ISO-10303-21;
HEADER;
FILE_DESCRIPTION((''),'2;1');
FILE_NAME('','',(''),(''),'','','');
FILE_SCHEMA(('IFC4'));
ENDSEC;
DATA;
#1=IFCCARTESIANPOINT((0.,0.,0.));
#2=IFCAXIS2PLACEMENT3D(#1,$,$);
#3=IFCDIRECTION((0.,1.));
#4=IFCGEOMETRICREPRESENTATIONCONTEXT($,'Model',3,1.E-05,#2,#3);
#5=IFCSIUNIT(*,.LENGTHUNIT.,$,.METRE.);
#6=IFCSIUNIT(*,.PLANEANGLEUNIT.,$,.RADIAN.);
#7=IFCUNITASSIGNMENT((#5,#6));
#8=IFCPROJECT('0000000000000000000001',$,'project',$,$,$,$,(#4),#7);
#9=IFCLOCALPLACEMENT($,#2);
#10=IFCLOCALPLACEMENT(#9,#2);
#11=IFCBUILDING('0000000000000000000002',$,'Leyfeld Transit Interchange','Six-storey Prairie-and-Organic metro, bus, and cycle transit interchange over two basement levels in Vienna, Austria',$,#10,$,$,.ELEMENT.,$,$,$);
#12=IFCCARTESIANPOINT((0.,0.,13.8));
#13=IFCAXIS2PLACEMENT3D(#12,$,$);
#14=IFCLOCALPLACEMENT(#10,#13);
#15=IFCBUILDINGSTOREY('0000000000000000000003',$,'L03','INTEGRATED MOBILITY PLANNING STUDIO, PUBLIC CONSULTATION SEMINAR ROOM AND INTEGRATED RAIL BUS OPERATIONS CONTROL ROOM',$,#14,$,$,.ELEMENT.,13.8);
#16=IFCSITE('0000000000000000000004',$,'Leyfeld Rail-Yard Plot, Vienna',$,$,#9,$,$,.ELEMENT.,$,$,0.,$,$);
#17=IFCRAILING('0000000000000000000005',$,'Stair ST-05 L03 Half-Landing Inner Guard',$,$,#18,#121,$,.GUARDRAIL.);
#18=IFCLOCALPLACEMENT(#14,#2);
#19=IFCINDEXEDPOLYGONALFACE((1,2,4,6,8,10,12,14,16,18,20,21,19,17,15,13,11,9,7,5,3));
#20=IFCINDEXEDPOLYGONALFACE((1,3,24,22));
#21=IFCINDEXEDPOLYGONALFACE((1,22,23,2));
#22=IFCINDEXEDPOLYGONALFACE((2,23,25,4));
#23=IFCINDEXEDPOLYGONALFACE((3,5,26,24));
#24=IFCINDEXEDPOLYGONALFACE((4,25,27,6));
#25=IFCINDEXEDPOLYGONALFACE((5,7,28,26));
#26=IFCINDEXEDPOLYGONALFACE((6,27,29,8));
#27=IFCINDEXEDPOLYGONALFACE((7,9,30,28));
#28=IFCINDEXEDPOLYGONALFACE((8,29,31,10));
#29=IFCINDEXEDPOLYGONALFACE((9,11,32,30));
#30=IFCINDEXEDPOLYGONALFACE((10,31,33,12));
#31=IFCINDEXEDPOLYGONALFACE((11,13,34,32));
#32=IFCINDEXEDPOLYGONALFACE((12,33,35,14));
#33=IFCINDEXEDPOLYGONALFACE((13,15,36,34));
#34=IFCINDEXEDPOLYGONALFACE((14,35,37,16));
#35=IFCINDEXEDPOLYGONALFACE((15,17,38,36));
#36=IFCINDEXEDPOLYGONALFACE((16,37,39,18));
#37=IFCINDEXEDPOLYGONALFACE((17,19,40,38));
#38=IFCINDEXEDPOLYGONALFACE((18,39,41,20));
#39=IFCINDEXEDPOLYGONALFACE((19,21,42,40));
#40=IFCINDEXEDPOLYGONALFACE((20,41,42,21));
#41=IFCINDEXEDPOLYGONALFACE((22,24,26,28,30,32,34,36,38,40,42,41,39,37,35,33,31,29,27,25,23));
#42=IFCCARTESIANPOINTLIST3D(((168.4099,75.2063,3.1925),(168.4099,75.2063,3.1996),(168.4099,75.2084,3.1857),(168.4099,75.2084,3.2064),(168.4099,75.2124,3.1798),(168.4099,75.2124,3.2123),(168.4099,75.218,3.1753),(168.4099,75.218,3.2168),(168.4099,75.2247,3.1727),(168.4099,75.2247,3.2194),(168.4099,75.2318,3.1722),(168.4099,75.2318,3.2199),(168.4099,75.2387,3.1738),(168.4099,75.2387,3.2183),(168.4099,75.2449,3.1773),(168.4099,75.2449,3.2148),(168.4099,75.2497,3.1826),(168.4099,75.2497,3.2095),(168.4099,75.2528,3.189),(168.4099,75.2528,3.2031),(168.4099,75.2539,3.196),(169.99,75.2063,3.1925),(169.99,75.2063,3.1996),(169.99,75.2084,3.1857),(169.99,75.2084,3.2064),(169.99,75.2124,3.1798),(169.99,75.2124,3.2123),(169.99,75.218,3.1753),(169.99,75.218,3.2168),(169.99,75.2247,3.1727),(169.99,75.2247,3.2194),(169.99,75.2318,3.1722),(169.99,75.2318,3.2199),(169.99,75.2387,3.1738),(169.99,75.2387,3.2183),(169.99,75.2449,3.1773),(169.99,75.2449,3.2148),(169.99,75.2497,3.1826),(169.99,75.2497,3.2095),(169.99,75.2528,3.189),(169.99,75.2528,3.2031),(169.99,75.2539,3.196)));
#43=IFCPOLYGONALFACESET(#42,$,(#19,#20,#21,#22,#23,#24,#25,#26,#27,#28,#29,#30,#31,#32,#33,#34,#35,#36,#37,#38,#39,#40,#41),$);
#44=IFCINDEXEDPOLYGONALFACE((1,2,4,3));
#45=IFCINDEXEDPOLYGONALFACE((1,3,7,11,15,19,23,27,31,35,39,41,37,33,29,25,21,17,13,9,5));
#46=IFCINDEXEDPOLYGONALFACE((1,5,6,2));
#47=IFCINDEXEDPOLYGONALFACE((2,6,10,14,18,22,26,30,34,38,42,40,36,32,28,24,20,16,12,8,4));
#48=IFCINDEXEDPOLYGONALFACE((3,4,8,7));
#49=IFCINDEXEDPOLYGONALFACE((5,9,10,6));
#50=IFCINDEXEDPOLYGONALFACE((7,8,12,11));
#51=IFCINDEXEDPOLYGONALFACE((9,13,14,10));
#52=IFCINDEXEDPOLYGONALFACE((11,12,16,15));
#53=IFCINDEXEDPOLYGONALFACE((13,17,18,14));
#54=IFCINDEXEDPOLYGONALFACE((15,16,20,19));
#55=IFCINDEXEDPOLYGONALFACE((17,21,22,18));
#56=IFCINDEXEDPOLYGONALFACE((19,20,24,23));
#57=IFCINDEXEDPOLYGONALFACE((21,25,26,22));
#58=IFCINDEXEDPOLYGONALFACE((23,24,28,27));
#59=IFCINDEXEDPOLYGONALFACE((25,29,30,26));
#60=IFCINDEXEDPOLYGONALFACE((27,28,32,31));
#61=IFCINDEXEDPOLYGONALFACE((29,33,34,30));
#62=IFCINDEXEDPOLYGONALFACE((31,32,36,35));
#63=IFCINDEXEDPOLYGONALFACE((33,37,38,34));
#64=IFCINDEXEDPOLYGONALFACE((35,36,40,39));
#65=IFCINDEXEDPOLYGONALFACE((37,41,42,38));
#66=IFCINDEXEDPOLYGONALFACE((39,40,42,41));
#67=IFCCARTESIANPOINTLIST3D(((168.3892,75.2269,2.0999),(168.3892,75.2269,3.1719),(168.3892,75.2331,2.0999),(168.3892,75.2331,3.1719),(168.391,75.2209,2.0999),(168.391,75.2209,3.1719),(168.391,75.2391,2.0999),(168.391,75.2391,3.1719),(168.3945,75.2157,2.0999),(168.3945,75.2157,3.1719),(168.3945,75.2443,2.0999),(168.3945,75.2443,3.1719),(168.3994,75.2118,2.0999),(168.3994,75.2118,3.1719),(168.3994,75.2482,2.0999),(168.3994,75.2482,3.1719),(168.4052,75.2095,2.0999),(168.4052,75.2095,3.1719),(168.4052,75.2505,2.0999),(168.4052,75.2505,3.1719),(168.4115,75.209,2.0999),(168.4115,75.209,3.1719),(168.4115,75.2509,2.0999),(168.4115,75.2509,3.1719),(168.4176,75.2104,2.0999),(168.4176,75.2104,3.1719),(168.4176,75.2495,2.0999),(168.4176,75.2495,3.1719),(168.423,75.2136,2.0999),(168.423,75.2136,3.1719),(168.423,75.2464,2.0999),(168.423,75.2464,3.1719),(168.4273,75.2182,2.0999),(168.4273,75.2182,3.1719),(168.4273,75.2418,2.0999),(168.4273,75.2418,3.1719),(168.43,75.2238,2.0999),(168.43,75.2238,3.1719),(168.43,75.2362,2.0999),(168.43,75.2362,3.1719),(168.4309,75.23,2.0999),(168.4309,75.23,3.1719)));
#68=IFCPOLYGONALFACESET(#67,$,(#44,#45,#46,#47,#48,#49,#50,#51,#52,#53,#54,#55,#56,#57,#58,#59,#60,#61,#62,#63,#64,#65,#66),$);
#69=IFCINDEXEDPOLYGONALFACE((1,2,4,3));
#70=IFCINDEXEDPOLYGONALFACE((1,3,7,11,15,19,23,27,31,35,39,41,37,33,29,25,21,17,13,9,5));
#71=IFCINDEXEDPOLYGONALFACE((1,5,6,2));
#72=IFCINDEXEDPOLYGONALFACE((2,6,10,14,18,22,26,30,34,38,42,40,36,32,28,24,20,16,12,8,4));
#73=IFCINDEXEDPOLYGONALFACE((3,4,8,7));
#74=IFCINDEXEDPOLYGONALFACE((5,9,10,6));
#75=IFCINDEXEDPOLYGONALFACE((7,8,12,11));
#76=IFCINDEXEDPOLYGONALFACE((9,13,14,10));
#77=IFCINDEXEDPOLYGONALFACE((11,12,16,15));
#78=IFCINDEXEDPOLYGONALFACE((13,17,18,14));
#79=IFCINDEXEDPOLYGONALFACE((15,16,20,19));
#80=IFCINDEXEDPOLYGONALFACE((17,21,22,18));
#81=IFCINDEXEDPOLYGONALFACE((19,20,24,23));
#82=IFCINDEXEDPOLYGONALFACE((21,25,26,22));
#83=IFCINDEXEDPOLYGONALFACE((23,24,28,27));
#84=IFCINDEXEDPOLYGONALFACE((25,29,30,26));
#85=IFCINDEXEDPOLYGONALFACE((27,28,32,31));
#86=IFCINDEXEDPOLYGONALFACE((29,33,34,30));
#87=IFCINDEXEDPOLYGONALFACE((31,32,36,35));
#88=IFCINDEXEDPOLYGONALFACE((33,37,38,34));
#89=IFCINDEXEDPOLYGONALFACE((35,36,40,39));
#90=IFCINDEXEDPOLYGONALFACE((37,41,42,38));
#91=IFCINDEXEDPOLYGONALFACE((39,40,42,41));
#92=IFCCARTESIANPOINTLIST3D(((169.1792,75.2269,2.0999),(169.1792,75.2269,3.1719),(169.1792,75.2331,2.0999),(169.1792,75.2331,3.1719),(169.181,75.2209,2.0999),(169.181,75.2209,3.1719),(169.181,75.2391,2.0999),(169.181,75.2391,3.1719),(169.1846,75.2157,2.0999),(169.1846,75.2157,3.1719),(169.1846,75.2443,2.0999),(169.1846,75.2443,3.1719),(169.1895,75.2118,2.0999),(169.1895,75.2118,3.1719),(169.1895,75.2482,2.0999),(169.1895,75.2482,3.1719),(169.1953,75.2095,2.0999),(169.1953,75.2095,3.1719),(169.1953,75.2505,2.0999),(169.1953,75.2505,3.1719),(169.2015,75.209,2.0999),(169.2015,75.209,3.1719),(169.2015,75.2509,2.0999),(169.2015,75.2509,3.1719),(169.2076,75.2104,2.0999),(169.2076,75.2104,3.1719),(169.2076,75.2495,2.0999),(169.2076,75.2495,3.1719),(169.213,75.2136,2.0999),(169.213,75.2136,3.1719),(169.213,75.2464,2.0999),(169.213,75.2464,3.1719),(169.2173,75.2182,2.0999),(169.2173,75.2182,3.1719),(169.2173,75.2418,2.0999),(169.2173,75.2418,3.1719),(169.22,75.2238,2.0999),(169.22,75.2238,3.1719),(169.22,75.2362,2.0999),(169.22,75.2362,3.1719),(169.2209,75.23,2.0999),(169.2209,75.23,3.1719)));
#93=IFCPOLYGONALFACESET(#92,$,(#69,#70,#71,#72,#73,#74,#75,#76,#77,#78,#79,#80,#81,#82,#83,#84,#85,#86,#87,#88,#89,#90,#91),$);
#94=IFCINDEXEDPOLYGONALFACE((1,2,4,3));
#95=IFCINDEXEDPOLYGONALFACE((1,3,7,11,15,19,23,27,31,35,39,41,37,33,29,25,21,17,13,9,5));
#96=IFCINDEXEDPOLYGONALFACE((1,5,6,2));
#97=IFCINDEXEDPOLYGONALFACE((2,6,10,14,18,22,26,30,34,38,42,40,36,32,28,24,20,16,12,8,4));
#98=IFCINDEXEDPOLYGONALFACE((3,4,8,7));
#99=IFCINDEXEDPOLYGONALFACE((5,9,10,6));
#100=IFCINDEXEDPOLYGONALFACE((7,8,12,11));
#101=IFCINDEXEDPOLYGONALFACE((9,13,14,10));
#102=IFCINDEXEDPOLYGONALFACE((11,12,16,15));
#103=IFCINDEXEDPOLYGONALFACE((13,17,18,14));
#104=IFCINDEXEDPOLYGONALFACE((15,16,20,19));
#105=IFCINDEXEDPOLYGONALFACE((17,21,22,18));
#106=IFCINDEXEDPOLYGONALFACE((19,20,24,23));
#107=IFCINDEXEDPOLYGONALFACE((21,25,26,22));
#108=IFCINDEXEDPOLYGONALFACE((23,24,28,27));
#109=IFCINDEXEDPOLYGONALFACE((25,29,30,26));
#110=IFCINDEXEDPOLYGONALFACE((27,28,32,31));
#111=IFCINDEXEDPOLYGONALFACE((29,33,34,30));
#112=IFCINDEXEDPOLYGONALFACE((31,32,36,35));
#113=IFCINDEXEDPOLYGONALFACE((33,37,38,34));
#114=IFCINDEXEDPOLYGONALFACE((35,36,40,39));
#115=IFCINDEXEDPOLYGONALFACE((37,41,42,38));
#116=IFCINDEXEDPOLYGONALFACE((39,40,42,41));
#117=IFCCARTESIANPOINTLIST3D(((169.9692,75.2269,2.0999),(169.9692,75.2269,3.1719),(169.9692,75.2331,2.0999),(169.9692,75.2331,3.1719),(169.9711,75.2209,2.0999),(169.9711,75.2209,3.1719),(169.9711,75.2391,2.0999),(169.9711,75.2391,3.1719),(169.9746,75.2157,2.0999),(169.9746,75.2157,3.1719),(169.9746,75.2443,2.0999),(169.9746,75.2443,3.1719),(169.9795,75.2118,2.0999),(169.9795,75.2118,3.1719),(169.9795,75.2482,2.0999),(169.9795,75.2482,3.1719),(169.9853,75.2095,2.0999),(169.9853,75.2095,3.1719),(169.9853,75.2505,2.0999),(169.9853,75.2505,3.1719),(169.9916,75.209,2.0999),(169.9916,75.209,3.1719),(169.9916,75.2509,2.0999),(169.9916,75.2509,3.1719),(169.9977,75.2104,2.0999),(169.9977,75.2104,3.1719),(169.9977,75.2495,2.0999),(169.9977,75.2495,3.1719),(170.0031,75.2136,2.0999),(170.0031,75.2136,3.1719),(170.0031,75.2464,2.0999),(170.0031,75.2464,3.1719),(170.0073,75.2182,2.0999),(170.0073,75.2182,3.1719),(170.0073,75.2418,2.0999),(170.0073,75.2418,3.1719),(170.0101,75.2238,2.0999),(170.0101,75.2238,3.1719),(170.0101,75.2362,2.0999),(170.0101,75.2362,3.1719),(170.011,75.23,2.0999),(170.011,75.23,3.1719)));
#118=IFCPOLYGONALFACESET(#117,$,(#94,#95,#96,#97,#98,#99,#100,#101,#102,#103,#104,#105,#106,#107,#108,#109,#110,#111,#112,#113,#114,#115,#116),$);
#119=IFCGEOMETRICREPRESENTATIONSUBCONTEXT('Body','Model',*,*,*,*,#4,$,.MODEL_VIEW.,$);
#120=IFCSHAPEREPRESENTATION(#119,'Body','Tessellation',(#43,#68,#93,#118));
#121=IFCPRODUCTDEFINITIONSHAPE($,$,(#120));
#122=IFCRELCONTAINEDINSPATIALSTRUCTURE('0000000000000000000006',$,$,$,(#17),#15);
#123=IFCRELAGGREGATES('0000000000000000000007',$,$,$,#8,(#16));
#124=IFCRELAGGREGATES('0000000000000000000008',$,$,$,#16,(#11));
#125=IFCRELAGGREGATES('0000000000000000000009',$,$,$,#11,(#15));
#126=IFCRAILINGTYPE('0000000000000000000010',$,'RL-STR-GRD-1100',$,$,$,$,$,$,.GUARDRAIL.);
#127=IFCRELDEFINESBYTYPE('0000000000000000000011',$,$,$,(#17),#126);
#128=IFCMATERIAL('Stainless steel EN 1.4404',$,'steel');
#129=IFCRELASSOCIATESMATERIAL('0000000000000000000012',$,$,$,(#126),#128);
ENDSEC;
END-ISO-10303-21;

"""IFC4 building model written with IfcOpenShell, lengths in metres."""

from ifc_helpers import new_model, si_unit, direction, frame, origin, origin_2d, place, context, subcontext, project, spatial, circle, extrude, material, type_object, element, save


model = new_model("IFC4")

# Units and contexts
model_context = context("Model", 3, precision=1e-05, world=origin(), true_north=direction((0.0, 1.0)))
body_context = subcontext(model_context, "Body", "Model", "MODEL_VIEW")
ifc_project = project(units=[si_unit("LENGTHUNIT", "METRE"), si_unit("PLANEANGLEUNIT", "RADIAN")], contexts=[model_context])

# Site, building, storey
site_placement = place(None, origin())
site = spatial("IfcSite", under=ifc_project, at=site_placement, Name="Leyfeld Rail-Yard Plot, Vienna", CompositionType="ELEMENT", RefElevation=0.0)
building_placement = place(site_placement, origin())
building = spatial("IfcBuilding", under=site, at=building_placement, Name="Leyfeld Transit Interchange", Description="Six-storey Prairie-and-Organic metro, bus, and cycle transit interchange over two basement levels in Vienna, Austria", CompositionType="ELEMENT")
storey_placement = place(building_placement, frame((0.0, 0.0, 13.8)))
storey = spatial("IfcBuildingStorey", under=building, at=storey_placement, Name="L03", Description="INTEGRATED MOBILITY PLANNING STUDIO, PUBLIC CONSULTATION SEMINAR ROOM AND INTEGRATED RAIL BUS OPERATIONS CONTROL ROOM", CompositionType="ELEMENT", Elevation=13.8)

# Railing
ifc_material_1 = material(Name="Stainless steel EN 1.4404", Category="steel")
railing_type_1 = type_object("IfcRailingType", Name="RL-STR-GRD-1100", PredefinedType="GUARDRAIL", material=ifc_material_1)
railing_1_placement = place(storey_placement, frame((168.4099, 75.23, 2.0999)))
element("IfcRailing", 1, at=railing_1_placement, inside=storey, type_object=railing_type_1, Name="Stair ST-05 L03 Half-Landing Inner Guard", PredefinedType="GUARDRAIL", context=body_context, shape_type="SweptSolid", body=[
    extrude(circle(Radius=0.0239, at=origin_2d()), frame((0.0, 0.0, 1.0962), z_axis=(1.0, 0.0, 0.0), x_axis=(0.0, 1.0, 0.0)), (0.0, 0.0, 1.0), 1.5801),
    extrude(circle(Radius=0.021, at=origin_2d()), origin(), (0.0, 0.0, 1.0), 1.072),
    extrude(circle(Radius=0.021, at=origin_2d()), frame((0.79, 0.0, 0.0)), (0.0, 0.0, 1.0), 1.072),
    extrude(circle(Radius=0.021, at=origin_2d()), frame((1.5801, 0.0, 0.0)), (0.0, 0.0, 1.0), 1.072),
])

save(model, "model.ifc")
